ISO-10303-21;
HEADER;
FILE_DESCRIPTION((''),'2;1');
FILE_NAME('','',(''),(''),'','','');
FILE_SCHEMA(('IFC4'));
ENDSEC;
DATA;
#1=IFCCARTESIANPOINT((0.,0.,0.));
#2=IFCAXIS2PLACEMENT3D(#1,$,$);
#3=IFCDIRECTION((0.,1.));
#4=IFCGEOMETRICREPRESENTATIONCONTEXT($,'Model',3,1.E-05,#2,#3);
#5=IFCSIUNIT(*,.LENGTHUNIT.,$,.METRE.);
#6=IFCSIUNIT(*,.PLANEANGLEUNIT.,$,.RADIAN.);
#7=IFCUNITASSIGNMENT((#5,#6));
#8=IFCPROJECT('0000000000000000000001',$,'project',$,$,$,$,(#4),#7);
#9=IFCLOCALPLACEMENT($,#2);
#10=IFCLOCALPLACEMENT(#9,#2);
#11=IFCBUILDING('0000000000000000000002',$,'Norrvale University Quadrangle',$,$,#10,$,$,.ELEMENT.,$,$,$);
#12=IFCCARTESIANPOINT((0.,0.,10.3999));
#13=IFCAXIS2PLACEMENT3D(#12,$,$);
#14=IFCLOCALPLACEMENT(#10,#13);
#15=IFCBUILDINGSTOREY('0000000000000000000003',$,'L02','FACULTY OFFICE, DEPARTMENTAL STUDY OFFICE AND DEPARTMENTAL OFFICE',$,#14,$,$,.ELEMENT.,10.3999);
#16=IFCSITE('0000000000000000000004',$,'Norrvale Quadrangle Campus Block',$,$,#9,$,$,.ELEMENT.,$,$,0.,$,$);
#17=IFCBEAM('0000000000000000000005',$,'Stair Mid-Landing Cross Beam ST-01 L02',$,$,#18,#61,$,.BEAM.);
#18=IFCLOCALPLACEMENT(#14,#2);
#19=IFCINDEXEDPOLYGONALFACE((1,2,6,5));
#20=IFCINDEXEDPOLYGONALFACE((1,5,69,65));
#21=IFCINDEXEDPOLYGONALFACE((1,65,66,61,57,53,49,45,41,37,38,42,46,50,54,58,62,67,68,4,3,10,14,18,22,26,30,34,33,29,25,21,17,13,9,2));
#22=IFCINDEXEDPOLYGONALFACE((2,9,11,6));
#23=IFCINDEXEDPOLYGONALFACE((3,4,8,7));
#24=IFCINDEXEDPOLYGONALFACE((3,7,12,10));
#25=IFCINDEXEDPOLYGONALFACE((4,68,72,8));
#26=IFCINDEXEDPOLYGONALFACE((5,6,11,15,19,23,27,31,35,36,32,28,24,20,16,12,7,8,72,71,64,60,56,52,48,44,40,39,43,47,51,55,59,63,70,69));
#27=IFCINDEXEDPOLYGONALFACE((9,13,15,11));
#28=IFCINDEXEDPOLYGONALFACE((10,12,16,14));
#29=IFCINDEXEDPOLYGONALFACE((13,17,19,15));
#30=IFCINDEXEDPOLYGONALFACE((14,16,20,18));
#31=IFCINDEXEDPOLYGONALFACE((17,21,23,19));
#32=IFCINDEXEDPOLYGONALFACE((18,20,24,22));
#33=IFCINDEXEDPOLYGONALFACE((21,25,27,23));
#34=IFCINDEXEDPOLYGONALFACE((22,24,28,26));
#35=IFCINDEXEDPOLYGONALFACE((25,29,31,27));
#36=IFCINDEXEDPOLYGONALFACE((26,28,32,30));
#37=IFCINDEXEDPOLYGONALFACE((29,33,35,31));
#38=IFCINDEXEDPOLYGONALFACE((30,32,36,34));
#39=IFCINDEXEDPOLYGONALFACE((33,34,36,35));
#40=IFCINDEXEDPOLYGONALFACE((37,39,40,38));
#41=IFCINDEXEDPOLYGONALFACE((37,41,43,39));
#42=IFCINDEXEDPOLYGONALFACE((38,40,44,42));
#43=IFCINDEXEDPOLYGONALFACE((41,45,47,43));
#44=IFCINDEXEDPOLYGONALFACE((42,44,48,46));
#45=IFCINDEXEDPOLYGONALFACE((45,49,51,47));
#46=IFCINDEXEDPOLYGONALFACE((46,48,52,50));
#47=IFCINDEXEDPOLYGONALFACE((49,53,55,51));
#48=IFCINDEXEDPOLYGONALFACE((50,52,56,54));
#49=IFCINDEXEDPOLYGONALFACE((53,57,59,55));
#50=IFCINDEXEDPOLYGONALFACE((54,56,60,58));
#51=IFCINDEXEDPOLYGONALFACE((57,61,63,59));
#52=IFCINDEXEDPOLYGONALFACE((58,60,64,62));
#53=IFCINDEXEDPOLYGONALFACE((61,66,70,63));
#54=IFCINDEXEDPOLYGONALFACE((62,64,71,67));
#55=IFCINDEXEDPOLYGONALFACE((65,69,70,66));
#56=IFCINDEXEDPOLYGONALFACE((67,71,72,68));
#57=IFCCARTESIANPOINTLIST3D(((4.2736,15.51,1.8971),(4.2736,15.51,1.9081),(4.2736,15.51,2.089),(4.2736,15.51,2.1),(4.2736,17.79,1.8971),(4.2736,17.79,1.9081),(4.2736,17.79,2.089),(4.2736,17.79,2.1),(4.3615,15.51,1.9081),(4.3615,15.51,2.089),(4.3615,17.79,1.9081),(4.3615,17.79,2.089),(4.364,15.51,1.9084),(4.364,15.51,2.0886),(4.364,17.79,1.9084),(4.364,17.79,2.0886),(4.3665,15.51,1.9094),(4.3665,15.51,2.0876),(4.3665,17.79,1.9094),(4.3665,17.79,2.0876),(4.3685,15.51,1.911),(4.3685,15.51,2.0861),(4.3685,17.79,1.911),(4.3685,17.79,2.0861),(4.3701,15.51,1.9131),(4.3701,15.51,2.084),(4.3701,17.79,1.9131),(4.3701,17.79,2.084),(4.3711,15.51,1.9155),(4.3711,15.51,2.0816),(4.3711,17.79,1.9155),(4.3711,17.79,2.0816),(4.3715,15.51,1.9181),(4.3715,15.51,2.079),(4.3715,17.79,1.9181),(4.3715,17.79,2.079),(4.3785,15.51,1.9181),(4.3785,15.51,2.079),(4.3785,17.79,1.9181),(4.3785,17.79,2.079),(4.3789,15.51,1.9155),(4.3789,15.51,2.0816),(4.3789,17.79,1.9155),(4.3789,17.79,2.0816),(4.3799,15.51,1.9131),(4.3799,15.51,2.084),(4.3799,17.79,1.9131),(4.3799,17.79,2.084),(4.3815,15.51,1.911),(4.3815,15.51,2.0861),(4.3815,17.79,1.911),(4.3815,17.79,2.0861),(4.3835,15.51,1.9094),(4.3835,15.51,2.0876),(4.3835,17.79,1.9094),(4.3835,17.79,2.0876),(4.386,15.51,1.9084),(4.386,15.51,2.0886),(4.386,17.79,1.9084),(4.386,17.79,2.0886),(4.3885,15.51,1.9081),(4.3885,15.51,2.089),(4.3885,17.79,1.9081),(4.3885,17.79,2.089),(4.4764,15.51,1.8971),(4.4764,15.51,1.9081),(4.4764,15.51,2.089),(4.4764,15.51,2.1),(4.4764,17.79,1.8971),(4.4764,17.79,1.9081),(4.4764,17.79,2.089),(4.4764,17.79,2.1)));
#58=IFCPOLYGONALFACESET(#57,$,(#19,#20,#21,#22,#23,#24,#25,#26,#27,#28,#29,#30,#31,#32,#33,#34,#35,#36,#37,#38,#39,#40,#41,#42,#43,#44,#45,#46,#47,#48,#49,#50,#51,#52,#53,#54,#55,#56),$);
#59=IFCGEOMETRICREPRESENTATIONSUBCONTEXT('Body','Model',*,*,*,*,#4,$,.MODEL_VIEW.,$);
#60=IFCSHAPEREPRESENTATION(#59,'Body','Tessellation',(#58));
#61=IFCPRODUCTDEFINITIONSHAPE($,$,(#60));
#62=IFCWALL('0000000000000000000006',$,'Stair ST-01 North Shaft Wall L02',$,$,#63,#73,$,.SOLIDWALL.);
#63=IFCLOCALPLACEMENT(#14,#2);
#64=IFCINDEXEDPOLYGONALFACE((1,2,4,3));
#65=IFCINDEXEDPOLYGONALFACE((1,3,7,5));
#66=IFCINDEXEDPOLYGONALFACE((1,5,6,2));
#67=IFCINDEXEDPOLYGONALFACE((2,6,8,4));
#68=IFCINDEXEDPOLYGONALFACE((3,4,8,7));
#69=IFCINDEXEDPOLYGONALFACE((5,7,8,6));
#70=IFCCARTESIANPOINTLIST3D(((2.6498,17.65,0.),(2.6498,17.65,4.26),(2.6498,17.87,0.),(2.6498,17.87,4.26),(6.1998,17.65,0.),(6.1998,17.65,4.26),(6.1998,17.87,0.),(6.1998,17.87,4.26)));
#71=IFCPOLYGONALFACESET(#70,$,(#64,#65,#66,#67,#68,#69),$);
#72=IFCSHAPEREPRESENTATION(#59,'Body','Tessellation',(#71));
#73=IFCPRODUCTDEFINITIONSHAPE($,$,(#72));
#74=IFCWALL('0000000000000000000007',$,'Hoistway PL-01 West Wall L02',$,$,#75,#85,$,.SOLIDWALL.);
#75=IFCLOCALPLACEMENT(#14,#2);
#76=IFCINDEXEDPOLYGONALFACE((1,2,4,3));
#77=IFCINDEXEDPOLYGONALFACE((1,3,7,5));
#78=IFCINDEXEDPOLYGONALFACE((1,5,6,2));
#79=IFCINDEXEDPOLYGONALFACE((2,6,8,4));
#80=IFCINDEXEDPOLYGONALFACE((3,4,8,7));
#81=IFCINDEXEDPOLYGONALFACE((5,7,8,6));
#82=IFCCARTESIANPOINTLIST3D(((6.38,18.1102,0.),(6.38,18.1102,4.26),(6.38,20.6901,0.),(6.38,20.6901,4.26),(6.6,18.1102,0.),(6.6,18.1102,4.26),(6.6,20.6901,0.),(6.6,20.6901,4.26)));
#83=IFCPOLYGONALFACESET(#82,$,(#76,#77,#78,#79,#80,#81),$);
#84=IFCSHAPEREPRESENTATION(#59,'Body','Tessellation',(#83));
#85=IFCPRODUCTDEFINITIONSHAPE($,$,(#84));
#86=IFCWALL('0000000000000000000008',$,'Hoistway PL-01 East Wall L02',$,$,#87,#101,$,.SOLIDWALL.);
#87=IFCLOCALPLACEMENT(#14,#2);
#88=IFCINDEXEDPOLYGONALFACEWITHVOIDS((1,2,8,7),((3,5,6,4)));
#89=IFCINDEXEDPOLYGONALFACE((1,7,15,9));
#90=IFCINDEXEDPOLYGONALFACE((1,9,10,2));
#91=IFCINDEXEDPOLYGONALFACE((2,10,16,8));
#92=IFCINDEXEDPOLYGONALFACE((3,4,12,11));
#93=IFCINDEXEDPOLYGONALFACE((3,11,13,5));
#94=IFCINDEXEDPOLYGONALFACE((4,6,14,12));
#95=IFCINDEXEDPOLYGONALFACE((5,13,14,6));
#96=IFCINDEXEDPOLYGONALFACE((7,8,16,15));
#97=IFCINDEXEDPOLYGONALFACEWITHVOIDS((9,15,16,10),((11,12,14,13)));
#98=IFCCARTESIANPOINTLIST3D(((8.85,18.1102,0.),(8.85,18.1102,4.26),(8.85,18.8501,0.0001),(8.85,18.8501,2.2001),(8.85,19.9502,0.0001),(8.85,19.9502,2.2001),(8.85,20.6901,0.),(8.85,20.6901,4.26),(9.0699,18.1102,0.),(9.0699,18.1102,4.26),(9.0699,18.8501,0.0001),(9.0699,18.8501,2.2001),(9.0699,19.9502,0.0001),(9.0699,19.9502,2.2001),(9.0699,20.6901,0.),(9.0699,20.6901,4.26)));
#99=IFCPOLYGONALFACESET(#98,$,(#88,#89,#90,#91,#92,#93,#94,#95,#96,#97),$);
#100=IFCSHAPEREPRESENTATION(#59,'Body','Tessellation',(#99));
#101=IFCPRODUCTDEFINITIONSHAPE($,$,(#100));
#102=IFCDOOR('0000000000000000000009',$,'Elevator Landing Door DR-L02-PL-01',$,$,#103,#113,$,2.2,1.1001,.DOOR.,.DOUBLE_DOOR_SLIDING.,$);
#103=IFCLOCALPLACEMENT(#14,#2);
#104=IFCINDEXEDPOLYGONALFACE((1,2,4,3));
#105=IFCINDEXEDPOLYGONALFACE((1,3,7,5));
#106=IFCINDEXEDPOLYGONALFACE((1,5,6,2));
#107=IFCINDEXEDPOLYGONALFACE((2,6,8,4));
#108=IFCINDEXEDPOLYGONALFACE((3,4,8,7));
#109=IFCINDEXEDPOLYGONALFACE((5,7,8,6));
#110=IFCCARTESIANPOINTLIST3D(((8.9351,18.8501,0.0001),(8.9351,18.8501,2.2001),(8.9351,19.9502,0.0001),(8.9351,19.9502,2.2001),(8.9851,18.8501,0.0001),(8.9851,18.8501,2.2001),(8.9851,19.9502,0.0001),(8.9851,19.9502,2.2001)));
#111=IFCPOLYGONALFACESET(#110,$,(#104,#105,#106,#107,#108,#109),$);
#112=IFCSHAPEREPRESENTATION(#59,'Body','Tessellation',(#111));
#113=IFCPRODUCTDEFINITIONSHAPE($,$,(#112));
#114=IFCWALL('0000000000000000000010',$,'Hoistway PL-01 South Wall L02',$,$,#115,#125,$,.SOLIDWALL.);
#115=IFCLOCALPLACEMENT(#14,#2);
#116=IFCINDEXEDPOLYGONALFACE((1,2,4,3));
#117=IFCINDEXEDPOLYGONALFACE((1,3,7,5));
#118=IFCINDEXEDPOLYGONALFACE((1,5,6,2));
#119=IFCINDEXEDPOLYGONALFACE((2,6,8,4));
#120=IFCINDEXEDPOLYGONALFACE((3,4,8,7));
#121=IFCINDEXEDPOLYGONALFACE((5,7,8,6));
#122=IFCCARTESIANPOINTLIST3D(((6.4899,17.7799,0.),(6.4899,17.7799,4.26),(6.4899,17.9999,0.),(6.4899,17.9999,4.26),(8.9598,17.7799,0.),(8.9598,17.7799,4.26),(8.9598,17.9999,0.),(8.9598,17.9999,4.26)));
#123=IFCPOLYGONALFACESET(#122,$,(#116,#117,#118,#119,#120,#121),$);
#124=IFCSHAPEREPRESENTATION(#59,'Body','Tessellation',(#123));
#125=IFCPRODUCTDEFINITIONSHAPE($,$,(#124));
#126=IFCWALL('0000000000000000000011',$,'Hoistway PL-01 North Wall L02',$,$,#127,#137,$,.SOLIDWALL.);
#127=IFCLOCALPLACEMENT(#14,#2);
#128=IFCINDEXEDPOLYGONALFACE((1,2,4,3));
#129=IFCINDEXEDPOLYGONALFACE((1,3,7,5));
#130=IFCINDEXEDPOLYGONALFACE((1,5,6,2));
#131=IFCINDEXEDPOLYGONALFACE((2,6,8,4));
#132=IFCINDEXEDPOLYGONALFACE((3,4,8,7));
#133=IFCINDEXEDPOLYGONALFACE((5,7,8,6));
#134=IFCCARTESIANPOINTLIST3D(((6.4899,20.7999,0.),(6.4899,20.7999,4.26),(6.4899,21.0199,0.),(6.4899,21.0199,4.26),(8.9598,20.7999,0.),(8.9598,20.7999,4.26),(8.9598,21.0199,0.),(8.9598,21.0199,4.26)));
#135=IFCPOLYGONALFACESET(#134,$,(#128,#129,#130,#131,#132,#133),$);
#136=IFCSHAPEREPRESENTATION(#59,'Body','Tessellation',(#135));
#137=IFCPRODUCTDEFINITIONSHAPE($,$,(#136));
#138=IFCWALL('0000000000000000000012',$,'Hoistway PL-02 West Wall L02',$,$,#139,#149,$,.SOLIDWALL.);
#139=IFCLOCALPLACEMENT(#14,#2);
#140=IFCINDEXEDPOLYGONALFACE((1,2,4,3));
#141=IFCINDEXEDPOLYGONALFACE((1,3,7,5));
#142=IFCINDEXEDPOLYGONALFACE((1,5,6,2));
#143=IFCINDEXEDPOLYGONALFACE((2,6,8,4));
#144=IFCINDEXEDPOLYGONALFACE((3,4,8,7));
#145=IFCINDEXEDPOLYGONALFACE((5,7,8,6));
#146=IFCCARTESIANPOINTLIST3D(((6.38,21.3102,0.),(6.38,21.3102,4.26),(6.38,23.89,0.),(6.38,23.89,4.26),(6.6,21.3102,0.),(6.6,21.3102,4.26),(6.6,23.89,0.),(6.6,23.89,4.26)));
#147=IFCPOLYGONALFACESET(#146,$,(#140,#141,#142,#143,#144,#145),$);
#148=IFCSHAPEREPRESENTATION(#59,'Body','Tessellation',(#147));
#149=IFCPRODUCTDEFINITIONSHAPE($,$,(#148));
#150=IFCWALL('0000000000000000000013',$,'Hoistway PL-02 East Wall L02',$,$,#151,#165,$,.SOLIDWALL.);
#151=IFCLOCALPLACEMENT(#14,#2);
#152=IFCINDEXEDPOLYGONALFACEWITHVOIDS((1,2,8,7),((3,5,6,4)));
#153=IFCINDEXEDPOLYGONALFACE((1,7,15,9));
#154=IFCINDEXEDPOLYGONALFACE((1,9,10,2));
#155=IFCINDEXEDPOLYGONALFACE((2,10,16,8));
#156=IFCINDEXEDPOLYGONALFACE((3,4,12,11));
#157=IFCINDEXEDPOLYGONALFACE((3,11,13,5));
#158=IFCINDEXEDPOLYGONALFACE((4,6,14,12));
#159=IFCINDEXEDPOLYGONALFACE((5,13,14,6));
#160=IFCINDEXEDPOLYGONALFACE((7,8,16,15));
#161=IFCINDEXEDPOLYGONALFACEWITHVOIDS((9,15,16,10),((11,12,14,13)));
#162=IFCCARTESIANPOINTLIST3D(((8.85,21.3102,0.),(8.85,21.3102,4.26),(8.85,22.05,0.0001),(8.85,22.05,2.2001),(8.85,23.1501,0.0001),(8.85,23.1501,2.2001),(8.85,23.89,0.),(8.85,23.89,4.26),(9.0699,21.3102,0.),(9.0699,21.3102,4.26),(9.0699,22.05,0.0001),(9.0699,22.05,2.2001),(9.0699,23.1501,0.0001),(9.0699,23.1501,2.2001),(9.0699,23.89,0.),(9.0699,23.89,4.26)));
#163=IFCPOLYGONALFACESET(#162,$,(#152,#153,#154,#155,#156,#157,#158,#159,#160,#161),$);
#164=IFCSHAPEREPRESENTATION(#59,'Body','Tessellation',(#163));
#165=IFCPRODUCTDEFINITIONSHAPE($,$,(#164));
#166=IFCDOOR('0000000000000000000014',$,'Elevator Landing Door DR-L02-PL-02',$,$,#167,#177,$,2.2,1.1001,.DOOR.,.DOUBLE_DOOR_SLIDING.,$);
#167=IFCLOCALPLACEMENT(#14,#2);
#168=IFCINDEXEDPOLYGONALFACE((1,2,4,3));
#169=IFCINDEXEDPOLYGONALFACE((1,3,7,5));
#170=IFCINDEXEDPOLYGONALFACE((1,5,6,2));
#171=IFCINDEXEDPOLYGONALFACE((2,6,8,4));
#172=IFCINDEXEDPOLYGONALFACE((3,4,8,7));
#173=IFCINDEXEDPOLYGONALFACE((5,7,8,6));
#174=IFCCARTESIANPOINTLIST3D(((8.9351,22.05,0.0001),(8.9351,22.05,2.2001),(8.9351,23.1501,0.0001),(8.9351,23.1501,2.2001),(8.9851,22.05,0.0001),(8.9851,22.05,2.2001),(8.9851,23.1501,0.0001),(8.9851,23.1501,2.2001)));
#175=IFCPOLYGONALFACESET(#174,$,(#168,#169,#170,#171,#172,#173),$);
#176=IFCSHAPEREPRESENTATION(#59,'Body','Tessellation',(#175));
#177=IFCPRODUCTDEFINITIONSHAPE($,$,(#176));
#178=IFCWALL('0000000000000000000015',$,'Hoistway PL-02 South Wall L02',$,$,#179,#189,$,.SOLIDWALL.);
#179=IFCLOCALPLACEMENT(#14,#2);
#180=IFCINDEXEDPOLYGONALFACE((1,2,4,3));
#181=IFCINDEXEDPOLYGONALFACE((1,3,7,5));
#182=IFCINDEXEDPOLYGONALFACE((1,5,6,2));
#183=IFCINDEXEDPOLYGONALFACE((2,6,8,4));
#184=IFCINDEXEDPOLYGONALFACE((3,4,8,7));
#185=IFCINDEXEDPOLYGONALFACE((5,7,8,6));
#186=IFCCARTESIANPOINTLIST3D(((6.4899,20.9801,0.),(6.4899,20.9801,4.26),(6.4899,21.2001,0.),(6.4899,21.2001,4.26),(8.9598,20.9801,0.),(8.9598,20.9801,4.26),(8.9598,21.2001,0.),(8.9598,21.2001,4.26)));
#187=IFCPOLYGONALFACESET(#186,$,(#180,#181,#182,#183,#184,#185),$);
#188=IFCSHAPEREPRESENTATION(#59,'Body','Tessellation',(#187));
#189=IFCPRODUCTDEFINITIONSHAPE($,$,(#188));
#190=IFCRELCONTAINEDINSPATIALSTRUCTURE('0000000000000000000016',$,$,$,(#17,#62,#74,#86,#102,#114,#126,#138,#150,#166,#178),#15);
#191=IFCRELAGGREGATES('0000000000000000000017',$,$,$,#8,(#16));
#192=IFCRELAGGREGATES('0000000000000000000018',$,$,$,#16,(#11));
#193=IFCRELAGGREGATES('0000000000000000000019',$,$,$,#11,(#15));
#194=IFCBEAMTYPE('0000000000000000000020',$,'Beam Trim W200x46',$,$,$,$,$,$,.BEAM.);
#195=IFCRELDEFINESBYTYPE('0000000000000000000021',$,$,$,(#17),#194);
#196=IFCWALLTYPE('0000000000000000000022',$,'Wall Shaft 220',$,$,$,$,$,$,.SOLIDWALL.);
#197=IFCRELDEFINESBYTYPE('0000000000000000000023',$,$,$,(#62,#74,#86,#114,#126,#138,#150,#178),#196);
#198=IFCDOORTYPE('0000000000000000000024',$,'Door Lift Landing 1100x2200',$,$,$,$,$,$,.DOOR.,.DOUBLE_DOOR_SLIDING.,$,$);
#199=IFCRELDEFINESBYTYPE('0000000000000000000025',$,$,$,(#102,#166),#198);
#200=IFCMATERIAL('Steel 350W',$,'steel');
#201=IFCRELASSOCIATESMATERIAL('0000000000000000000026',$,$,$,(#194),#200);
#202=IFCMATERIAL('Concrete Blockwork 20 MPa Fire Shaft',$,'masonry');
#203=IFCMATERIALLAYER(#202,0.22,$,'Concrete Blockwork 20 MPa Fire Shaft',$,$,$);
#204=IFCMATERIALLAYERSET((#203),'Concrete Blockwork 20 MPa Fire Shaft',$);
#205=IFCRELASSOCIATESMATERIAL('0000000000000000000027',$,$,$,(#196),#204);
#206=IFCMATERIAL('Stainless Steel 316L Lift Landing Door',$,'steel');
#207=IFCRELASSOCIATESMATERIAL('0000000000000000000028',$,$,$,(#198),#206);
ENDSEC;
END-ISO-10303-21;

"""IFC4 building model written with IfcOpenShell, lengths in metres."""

from ifc_helpers import new_model, si_unit, direction, frame, frame_2d, origin, origin_2d, place, context, subcontext, project, spatial, rectangle, i_section, extrude, material, layer, layer_set, material_profile, profile_set, type_object, element, fill, save


model = new_model("IFC4")

# Units and contexts
model_context = context("Model", 3, precision=1e-05, world=origin(), true_north=direction((0.0, 1.0)))
body_context = subcontext(model_context, "Body", "Model", "MODEL_VIEW")
ifc_project = project(units=[si_unit("LENGTHUNIT", "METRE"), si_unit("PLANEANGLEUNIT", "RADIAN")], contexts=[model_context])

# Site, building, storey
site_placement = place(None, origin())
site = spatial("IfcSite", under=ifc_project, at=site_placement, Name="Norrvale Quadrangle Campus Block", CompositionType="ELEMENT", RefElevation=0.0)
building_placement = place(site_placement, origin())
building = spatial("IfcBuilding", under=site, at=building_placement, Name="Norrvale University Quadrangle", CompositionType="ELEMENT")
storey_placement = place(building_placement, frame((0.0, 0.0, 10.3999)))
storey = spatial("IfcBuildingStorey", under=building, at=storey_placement, Name="L02", Description="FACULTY OFFICE, DEPARTMENTAL STUDY OFFICE AND DEPARTMENTAL OFFICE", CompositionType="ELEMENT", Elevation=10.3999)

# Beam
ifc_material_1 = material(Name="Steel 350W", Category="steel")
ifc_material_profile_1 = material_profile(ifc_material_1, i_section(OverallWidth=0.2029, OverallDepth=0.2029, WebThickness=0.0071, FlangeThickness=0.011, FilletRadius=0.01, at=origin_2d()), Name="Steel 350W")
ifc_profile_set_1 = profile_set([ifc_material_profile_1], Name="Steel 350W")
beam_type_1 = type_object("IfcBeamType", Name="Beam Trim W200x46", PredefinedType="BEAM", material=ifc_profile_set_1)
beam_1_placement = place(storey_placement, frame((4.375, 15.51, 1.9985), z_axis=(0.0, 1.0, 0.0), x_axis=(-1.0, 0.0, 0.0)))
element("IfcBeam", 1, at=beam_1_placement, inside=storey, type_object=beam_type_1, Name="Stair Mid-Landing Cross Beam ST-01 L02", PredefinedType="BEAM", context=body_context, shape_type="SweptSolid", body=[
    extrude(i_section(OverallWidth=0.2029, OverallDepth=0.2029, WebThickness=0.0071, FlangeThickness=0.011, FilletRadius=0.01, at=origin_2d()), origin(), (0.0, 0.0, 1.0), 2.28),
])

# Walls
ifc_material_2 = material(Name="Concrete Blockwork 20 MPa Fire Shaft", Category="masonry")
ifc_layer_1 = layer(ifc_material_2, 0.22, Name="Concrete Blockwork 20 MPa Fire Shaft")
ifc_layer_set_1 = layer_set([ifc_layer_1], Name="Concrete Blockwork 20 MPa Fire Shaft")
wall_type = type_object("IfcWallType", Name="Wall Shaft 220", PredefinedType="SOLIDWALL", material=ifc_layer_set_1)
wall_1_placement = place(storey_placement, frame((2.6499, 17.76, 0.0), z_axis=(0.0, 0.0, 1.0), x_axis=(1.0, 0.0, 0.0)))
element("IfcWall", 2, at=wall_1_placement, inside=storey, type_object=wall_type, Name="Stair ST-01 North Shaft Wall L02", PredefinedType="SOLIDWALL", context=body_context, shape_type="SweptSolid", body=[
    extrude(rectangle(XDim=3.55, YDim=0.22, at=frame_2d((1.7749, 0.0))), origin(), (0.0, 0.0, 1.0), 4.26),
])
wall_2_placement = place(storey_placement, frame((6.49, 18.1101, 0.0), z_axis=(0.0, 0.0, 1.0), x_axis=(0.0, 1.0, 0.0)))
element("IfcWall", 3, at=wall_2_placement, inside=storey, type_object=wall_type, Name="Hoistway PL-01 West Wall L02", PredefinedType="SOLIDWALL", context=body_context, shape_type="SweptSolid", body=[
    extrude(rectangle(XDim=2.5798, YDim=0.22, at=frame_2d((1.29, 0.0))), origin(), (0.0, 0.0, 1.0), 4.26),
])

# Wall, opening, door
wall_3_placement = place(storey_placement, frame((8.96, 18.1101, 0.0), z_axis=(0.0, 0.0, 1.0), x_axis=(0.0, 1.0, 0.0)))
wall_3 = element("IfcWall", 4, at=wall_3_placement, inside=storey, type_object=wall_type, Name="Hoistway PL-01 East Wall L02", PredefinedType="SOLIDWALL", context=body_context, shape_type="SweptSolid", body=[
    extrude(rectangle(XDim=2.5798, YDim=0.22, at=frame_2d((1.29, 0.0))), origin(), (0.0, 0.0, 1.0), 4.26),
])
opening_1_placement = place(wall_3_placement, frame((0.74, 0.0, 0.0)))
opening_1 = element("IfcOpeningElement", 5, at=opening_1_placement, cuts=wall_3, PredefinedType="OPENING", context=body_context, shape_type="SweptSolid", body=[
    extrude(rectangle(XDim=1.1001, YDim=2.2, at=frame_2d((0.55, 1.1001))), frame((0.0, 0.1221, 0.0), z_axis=(0.0, -1.0, 0.0), x_axis=(1.0, 0.0, 0.0)), (0.0, 0.0, 1.0), 0.2439),
])
ifc_material_3 = material(Name="Stainless Steel 316L Lift Landing Door", Category="steel")
door_type = type_object("IfcDoorType", Name="Door Lift Landing 1100x2200", OperationType="DOUBLE_DOOR_SLIDING", PredefinedType="DOOR", material=ifc_material_3)
door_1_placement = place(opening_1_placement, origin())
door_1 = element("IfcDoor", 6, at=door_1_placement, inside=storey, type_object=door_type, Name="Elevator Landing Door DR-L02-PL-01", OperationType="DOUBLE_DOOR_SLIDING", OverallHeight=2.2, OverallWidth=1.1001, PredefinedType="DOOR", context=body_context, shape_type="SweptSolid", body=[
    extrude(rectangle(XDim=1.1001, YDim=2.2, at=frame_2d((0.55, 1.1001))), frame((0.0, 0.0249, 0.0), z_axis=(0.0, -1.0, 0.0), x_axis=(1.0, 0.0, 0.0)), (0.0, 0.0, 1.0), 0.05),
])
fill(opening_1, door_1)

# Walls
for number, where, z_axis, x_axis, name in (
    (7, (6.49, 17.8899, 0.0), (0.0, 0.0, 1.0), (1.0, 0.0, 0.0), "Hoistway PL-01 South Wall L02"),
    (8, (6.49, 20.9099, 0.0), (0.0, 0.0, 1.0), (1.0, 0.0, 0.0), "Hoistway PL-01 North Wall L02"),
):
    element("IfcWall", number, at=place(storey_placement, frame(where, z_axis=z_axis, x_axis=x_axis)), inside=storey, type_object=wall_type, Name=name, PredefinedType="SOLIDWALL", context=body_context, shape_type="SweptSolid", body=[
        extrude(rectangle(XDim=2.47, YDim=0.22, at=frame_2d((1.2349, 0.0))), origin(), (0.0, 0.0, 1.0), 4.26),
    ])
wall_4_placement = place(storey_placement, frame((6.49, 21.3101, 0.0), z_axis=(0.0, 0.0, 1.0), x_axis=(0.0, 1.0, 0.0)))
element("IfcWall", 9, at=wall_4_placement, inside=storey, type_object=wall_type, Name="Hoistway PL-02 West Wall L02", PredefinedType="SOLIDWALL", context=body_context, shape_type="SweptSolid", body=[
    extrude(rectangle(XDim=2.5798, YDim=0.22, at=frame_2d((1.29, 0.0))), origin(), (0.0, 0.0, 1.0), 4.26),
])

# Wall, opening, door
wall_5_placement = place(storey_placement, frame((8.96, 21.3101, 0.0), z_axis=(0.0, 0.0, 1.0), x_axis=(0.0, 1.0, 0.0)))
wall_5 = element("IfcWall", 10, at=wall_5_placement, inside=storey, type_object=wall_type, Name="Hoistway PL-02 East Wall L02", PredefinedType="SOLIDWALL", context=body_context, shape_type="SweptSolid", body=[
    extrude(rectangle(XDim=2.5798, YDim=0.22, at=frame_2d((1.29, 0.0))), origin(), (0.0, 0.0, 1.0), 4.26),
])
opening_2_placement = place(wall_5_placement, frame((0.74, 0.0, 0.0)))
opening_2 = element("IfcOpeningElement", 11, at=opening_2_placement, cuts=wall_5, PredefinedType="OPENING", context=body_context, shape_type="SweptSolid", body=[
    extrude(rectangle(XDim=1.1001, YDim=2.2, at=frame_2d((0.55, 1.1001))), frame((0.0, 0.1221, 0.0), z_axis=(0.0, -1.0, 0.0), x_axis=(1.0, 0.0, 0.0)), (0.0, 0.0, 1.0), 0.2439),
])
door_2_placement = place(opening_2_placement, origin())
door_2 = element("IfcDoor", 12, at=door_2_placement, inside=storey, type_object=door_type, Name="Elevator Landing Door DR-L02-PL-02", OperationType="DOUBLE_DOOR_SLIDING", OverallHeight=2.2, OverallWidth=1.1001, PredefinedType="DOOR", context=body_context, shape_type="SweptSolid", body=[
    extrude(rectangle(XDim=1.1001, YDim=2.2, at=frame_2d((0.55, 1.1001))), frame((0.0, 0.0249, 0.0), z_axis=(0.0, -1.0, 0.0), x_axis=(1.0, 0.0, 0.0)), (0.0, 0.0, 1.0), 0.05),
])
fill(opening_2, door_2)

# Wall
for number, where, z_axis, x_axis, name in (
    (13, (6.49, 21.0901, 0.0), (0.0, 0.0, 1.0), (1.0, 0.0, 0.0), "Hoistway PL-02 South Wall L02"),
):
    element("IfcWall", number, at=place(storey_placement, frame(where, z_axis=z_axis, x_axis=x_axis)), inside=storey, type_object=wall_type, Name=name, PredefinedType="SOLIDWALL", context=body_context, shape_type="SweptSolid", body=[
        extrude(rectangle(XDim=2.47, YDim=0.22, at=frame_2d((1.2349, 0.0))), origin(), (0.0, 0.0, 1.0), 4.26),
    ])

save(model, "model.ifc")
